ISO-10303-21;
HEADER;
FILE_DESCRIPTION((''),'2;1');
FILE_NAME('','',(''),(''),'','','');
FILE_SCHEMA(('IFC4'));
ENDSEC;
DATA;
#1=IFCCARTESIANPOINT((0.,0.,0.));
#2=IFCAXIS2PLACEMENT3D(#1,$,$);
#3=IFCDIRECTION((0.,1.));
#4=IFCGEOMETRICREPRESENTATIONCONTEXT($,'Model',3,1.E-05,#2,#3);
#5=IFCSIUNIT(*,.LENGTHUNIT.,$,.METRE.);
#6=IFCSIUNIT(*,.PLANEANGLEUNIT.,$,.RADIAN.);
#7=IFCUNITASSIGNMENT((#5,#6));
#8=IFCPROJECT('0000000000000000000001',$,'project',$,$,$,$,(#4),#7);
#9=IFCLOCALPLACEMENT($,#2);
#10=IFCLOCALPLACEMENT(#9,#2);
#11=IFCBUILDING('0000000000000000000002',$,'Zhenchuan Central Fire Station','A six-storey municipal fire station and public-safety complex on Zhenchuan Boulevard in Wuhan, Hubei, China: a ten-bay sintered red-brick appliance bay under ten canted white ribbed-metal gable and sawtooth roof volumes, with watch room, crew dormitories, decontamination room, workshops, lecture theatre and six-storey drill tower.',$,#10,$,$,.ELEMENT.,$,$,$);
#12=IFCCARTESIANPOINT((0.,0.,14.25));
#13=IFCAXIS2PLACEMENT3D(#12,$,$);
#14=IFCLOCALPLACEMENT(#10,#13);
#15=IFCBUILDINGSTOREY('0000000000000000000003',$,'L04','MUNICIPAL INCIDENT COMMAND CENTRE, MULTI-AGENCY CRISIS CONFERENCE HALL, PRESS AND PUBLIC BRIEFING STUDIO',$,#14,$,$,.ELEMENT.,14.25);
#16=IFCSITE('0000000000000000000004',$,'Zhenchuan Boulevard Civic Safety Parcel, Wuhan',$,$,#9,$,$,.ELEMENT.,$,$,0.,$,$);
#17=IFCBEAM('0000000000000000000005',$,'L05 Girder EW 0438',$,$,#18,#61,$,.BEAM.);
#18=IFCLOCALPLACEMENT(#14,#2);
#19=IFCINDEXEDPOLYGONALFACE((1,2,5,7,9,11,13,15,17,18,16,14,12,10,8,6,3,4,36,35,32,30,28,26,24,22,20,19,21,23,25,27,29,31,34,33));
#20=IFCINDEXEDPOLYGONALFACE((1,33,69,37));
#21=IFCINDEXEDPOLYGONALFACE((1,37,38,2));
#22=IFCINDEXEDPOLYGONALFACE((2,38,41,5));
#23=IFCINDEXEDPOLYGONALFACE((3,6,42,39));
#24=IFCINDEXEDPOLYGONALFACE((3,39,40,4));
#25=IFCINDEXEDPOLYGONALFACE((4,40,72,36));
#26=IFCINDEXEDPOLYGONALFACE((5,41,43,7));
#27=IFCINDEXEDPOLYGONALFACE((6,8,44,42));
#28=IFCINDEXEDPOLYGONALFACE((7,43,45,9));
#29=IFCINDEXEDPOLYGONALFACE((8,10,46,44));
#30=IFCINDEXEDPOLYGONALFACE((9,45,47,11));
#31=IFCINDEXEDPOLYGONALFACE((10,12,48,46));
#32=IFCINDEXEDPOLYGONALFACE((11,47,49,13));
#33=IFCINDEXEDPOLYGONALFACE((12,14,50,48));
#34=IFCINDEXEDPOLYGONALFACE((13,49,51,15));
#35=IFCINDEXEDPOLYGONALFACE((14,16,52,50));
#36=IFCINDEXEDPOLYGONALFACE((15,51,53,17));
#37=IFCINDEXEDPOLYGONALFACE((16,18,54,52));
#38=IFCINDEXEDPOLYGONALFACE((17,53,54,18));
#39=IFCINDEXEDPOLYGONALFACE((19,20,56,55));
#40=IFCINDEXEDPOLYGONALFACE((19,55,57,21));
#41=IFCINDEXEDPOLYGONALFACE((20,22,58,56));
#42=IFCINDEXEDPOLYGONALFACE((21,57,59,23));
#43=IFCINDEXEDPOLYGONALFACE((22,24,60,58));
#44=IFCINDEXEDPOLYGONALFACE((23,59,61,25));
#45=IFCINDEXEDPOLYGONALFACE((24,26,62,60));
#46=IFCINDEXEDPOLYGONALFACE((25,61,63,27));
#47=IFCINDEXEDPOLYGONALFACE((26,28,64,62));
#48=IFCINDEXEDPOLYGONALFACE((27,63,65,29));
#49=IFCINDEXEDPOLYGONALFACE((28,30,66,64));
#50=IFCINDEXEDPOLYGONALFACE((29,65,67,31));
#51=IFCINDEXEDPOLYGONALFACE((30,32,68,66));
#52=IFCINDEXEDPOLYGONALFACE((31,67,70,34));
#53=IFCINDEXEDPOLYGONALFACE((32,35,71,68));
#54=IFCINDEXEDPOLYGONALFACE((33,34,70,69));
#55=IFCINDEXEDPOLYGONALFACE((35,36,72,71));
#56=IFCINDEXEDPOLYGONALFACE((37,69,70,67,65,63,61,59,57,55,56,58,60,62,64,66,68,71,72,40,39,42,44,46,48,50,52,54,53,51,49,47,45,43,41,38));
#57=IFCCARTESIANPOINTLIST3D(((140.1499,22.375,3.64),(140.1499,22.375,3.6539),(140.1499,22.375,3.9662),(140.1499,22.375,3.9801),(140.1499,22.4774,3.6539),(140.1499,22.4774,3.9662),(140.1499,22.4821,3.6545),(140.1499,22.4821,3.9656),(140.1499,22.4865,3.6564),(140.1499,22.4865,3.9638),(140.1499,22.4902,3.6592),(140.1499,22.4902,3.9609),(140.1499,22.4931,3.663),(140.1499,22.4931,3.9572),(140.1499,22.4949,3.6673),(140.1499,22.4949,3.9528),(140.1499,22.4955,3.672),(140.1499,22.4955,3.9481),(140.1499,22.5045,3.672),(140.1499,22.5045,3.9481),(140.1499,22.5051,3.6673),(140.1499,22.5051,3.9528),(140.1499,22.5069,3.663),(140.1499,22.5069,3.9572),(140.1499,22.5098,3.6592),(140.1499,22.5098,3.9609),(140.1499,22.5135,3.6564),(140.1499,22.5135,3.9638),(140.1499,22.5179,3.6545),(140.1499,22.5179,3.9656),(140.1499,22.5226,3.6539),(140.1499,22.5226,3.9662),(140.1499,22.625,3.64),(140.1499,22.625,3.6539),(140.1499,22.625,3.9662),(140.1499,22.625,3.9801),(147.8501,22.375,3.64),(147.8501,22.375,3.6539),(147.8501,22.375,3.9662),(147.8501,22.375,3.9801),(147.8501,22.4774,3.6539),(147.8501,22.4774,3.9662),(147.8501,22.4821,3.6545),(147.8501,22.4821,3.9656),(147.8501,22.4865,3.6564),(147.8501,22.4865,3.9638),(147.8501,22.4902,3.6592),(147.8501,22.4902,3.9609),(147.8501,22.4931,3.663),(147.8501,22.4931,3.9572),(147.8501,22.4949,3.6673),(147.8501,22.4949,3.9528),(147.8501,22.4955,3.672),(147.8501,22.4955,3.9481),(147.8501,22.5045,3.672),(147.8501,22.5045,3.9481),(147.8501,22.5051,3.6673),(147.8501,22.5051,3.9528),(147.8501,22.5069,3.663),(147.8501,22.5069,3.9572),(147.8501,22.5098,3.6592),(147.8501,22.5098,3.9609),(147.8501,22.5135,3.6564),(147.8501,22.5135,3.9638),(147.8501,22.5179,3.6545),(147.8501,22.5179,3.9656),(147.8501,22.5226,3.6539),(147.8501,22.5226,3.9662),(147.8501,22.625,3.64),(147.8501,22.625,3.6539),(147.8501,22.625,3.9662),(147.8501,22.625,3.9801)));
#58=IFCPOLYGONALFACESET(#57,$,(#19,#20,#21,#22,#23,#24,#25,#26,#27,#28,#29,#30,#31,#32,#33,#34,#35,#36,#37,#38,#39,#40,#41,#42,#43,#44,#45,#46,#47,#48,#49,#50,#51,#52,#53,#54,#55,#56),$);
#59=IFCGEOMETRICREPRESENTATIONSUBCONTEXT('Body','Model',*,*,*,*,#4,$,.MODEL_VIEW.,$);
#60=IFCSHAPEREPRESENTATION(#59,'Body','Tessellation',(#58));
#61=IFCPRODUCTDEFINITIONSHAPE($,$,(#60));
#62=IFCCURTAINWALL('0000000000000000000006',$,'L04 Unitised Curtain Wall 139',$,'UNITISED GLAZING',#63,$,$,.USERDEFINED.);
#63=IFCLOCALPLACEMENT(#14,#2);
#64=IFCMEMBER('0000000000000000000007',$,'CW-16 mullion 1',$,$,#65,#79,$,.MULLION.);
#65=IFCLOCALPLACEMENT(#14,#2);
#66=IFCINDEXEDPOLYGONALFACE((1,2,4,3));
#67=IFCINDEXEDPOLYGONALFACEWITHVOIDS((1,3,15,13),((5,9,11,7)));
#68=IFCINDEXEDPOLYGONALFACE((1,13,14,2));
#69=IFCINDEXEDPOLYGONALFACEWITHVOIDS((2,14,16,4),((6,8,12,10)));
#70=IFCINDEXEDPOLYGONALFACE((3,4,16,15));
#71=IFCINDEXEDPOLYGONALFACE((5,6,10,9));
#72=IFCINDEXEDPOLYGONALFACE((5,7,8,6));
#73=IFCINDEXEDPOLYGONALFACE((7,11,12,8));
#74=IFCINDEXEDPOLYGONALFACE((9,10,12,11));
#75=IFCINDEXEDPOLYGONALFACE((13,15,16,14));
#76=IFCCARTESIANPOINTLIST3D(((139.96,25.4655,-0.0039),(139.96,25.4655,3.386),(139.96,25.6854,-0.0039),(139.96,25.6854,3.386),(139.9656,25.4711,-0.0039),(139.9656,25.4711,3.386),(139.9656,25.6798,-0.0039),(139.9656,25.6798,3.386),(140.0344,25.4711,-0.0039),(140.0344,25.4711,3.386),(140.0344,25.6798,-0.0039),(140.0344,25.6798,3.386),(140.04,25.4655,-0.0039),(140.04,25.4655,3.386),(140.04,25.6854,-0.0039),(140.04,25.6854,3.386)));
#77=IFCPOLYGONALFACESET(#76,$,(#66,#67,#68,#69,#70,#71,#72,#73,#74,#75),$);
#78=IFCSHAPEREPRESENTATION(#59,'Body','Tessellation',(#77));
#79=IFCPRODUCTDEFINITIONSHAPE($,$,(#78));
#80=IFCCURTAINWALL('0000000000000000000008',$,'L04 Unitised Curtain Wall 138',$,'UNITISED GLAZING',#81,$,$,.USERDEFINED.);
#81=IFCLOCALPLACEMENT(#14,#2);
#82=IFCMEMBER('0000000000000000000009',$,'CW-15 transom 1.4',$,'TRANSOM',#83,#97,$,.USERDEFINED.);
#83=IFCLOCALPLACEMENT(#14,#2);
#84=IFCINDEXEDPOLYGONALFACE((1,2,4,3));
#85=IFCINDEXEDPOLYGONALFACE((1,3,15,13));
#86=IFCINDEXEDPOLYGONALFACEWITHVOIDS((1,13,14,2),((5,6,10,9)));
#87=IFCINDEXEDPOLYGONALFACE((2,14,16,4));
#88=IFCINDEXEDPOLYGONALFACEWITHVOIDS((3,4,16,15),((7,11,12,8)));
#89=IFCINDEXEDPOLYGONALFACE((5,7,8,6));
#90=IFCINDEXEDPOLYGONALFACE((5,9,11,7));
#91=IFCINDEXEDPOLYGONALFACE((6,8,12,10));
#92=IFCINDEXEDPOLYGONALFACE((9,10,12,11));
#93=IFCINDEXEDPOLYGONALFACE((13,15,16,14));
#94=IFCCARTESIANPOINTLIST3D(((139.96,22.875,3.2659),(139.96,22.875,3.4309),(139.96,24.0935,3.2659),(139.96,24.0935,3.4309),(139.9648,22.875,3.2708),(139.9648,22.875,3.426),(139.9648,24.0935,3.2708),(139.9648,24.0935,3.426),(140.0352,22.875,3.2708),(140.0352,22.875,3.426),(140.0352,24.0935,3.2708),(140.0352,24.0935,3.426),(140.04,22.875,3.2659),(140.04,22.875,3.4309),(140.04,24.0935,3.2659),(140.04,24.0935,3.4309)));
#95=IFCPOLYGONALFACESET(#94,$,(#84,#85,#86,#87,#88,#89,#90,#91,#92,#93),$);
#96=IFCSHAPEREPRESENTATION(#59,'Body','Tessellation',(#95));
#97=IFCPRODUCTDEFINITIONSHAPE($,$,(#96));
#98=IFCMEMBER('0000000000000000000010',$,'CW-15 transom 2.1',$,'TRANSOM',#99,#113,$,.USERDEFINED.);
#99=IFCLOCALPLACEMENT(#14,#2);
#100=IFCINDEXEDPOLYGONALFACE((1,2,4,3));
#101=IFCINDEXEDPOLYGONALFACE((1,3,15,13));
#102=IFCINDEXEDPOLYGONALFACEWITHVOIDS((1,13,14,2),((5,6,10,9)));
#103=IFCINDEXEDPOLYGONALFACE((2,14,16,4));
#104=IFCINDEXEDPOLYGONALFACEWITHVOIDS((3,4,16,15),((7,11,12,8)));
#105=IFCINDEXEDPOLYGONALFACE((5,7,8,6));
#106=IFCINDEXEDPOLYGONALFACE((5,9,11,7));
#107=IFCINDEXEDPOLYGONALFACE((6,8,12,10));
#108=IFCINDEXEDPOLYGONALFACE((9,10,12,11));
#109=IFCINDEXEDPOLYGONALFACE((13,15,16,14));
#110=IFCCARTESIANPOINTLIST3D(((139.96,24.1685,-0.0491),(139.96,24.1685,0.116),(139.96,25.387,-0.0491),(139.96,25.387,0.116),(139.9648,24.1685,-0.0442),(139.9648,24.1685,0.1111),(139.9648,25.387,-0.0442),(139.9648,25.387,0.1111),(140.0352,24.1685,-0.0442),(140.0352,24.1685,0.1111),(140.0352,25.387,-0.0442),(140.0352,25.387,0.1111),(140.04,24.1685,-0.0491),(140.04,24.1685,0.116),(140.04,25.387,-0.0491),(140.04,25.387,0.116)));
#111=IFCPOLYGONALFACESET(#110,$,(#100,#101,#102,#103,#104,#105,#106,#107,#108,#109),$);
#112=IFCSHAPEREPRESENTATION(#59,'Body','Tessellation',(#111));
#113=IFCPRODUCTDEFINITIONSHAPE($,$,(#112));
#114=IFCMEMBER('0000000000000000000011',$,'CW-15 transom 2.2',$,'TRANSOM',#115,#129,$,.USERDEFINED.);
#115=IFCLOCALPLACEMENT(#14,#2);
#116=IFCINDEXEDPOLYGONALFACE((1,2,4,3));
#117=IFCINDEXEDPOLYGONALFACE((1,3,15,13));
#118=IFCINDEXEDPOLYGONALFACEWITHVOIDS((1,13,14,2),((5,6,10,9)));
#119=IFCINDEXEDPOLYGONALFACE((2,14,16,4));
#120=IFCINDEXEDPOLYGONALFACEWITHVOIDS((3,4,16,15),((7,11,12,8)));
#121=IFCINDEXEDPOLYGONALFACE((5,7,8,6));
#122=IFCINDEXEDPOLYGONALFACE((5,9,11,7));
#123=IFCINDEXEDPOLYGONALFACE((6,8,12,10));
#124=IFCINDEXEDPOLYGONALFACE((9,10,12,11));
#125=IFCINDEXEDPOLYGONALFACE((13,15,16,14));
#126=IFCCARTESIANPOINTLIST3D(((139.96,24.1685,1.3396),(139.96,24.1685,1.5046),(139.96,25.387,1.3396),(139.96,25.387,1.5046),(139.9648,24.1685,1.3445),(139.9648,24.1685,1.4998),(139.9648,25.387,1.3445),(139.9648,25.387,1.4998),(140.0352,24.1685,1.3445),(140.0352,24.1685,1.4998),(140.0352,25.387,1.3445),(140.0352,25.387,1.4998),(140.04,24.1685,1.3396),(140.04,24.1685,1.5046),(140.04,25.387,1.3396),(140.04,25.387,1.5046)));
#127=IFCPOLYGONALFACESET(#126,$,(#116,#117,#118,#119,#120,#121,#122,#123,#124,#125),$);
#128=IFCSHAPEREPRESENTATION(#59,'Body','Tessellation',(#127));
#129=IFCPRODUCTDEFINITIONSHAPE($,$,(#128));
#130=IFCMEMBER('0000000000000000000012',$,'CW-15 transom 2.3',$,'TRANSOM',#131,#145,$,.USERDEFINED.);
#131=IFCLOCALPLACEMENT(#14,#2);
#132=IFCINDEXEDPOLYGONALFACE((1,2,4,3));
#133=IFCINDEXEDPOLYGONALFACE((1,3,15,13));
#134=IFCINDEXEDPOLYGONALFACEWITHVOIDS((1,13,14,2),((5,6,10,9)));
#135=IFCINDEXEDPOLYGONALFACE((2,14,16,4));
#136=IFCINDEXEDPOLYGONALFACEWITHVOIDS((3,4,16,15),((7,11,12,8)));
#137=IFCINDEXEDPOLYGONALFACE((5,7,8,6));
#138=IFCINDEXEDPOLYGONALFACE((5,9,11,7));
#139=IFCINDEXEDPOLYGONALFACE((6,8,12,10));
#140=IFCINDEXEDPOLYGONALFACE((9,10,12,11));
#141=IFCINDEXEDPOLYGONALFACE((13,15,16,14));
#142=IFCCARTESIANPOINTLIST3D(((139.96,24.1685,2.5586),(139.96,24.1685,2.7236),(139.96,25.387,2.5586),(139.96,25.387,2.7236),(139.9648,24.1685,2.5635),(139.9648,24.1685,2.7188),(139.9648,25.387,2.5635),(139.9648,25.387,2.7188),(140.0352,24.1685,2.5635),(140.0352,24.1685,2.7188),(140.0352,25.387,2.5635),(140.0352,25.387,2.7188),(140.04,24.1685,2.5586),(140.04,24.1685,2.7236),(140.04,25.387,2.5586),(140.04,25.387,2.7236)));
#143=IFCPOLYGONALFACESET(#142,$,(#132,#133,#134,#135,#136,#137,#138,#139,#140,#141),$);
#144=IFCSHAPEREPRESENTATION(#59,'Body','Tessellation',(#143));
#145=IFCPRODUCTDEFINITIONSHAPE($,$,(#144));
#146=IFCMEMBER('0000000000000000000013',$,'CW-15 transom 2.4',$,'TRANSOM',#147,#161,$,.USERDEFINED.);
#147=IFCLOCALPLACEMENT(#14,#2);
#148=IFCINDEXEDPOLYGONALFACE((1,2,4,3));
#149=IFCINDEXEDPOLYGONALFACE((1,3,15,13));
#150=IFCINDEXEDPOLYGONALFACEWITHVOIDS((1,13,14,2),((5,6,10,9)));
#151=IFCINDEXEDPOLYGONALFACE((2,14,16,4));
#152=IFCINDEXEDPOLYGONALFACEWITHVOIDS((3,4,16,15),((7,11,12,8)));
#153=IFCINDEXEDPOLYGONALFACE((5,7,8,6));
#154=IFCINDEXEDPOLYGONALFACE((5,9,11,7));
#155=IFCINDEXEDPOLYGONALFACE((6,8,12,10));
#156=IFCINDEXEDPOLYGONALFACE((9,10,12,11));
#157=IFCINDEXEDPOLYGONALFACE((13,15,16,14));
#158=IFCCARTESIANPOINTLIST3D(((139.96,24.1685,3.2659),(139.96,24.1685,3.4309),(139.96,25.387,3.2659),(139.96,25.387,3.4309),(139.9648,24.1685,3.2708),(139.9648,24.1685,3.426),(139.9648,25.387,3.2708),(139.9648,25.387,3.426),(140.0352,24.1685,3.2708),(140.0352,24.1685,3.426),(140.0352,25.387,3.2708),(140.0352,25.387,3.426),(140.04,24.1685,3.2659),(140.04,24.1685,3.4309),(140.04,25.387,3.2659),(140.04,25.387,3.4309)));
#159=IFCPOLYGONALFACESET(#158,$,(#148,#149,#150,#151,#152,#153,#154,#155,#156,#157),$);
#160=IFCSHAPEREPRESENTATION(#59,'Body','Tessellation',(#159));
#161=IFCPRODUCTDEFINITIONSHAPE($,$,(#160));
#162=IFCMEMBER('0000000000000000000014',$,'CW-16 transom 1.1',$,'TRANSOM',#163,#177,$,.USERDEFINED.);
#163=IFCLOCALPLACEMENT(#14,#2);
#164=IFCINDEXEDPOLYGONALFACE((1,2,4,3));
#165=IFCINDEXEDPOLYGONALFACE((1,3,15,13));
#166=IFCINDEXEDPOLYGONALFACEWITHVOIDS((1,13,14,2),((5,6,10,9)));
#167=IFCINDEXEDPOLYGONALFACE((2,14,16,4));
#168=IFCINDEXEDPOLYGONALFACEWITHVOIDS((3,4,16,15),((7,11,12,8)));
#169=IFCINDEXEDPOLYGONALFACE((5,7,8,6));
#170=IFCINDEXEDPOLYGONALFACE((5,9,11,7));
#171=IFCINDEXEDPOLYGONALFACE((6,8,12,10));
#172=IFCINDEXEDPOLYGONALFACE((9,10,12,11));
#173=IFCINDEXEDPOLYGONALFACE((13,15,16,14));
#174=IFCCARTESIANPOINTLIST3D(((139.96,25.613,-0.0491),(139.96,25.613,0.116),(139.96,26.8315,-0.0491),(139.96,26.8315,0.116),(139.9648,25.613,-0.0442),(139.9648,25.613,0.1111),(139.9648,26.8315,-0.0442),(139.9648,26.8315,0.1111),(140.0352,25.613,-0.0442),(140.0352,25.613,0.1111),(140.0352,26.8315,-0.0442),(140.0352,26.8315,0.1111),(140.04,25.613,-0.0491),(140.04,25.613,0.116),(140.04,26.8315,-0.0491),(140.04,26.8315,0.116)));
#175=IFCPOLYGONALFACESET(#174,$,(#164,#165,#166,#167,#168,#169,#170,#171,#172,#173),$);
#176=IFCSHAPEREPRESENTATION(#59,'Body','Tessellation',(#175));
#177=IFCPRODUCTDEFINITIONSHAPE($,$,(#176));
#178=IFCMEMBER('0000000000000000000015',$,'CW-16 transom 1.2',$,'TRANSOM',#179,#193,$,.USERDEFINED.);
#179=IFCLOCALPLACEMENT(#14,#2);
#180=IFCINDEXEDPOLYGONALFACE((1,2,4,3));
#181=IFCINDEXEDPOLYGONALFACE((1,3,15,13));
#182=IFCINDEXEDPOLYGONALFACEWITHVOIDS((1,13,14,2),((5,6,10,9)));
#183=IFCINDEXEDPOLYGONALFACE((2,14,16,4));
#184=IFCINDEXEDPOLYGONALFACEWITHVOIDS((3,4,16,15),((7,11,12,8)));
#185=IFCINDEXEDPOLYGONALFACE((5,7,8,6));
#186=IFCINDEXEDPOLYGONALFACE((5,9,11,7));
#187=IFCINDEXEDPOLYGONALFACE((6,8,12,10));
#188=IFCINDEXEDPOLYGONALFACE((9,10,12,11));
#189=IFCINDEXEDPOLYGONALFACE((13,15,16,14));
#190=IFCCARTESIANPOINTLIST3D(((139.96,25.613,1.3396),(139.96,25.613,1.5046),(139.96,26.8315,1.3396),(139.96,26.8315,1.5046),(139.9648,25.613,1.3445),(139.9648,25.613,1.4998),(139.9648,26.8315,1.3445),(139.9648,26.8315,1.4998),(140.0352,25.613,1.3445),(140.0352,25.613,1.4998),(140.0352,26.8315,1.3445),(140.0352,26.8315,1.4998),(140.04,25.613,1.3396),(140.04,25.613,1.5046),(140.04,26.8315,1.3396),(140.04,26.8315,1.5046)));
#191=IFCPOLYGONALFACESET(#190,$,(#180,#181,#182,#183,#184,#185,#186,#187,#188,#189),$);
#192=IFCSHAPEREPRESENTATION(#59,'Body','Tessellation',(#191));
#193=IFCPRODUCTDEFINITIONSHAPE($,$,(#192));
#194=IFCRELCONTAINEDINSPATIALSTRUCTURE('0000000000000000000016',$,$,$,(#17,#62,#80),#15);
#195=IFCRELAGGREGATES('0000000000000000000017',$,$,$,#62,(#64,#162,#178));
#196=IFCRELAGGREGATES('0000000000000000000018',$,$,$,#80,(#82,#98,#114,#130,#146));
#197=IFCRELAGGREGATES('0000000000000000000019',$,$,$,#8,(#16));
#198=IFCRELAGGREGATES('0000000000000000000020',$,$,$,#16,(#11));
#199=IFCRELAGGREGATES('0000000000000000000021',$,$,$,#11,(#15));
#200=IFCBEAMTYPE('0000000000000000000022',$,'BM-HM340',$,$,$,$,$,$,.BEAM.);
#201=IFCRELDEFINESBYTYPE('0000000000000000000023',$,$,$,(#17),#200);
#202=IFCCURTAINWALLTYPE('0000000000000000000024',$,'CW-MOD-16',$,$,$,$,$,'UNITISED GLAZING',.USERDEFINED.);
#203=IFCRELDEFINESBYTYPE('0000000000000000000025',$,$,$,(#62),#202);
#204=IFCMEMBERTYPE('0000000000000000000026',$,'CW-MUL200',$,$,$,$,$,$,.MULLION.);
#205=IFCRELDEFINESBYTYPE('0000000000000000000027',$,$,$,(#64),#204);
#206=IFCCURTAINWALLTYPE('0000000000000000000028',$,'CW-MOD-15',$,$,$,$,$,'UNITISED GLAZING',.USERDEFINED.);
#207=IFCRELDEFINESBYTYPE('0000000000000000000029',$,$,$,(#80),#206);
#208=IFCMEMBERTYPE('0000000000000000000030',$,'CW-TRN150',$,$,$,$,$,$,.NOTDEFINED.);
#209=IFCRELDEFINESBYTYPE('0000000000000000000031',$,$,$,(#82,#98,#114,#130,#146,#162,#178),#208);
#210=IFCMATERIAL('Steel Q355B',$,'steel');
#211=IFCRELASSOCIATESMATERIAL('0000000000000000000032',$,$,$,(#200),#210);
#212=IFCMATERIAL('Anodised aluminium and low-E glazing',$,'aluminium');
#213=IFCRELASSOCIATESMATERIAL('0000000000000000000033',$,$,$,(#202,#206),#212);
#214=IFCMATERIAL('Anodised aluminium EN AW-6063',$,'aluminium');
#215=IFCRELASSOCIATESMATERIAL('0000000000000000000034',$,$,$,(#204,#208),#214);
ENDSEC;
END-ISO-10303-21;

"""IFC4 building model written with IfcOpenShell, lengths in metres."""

from ifc_helpers import new_model, si_unit, direction, frame, origin, origin_2d, place, context, subcontext, project, spatial, hollow_rectangle, i_section, extrude, material, material_profile, profile_set, type_object, element, aggregate, save


model = new_model("IFC4")

# Units and contexts
model_context = context("Model", 3, precision=1e-05, world=origin(), true_north=direction((0.0, 1.0)))
body_context = subcontext(model_context, "Body", "Model", "MODEL_VIEW")
ifc_project = project(units=[si_unit("LENGTHUNIT", "METRE"), si_unit("PLANEANGLEUNIT", "RADIAN")], contexts=[model_context])

# Site, building, storey
site_placement = place(None, origin())
site = spatial("IfcSite", under=ifc_project, at=site_placement, Name="Zhenchuan Boulevard Civic Safety Parcel, Wuhan", CompositionType="ELEMENT", RefElevation=0.0)
building_placement = place(site_placement, origin())
building = spatial("IfcBuilding", under=site, at=building_placement, Name="Zhenchuan Central Fire Station", Description="A six-storey municipal fire station and public-safety complex on Zhenchuan Boulevard in Wuhan, Hubei, China: a ten-bay sintered red-brick appliance bay under ten canted white ribbed-metal gable and sawtooth roof volumes, with watch room, crew dormitories, decontamination room, workshops, lecture theatre and six-storey drill tower.", CompositionType="ELEMENT")
storey_placement = place(building_placement, frame((0.0, 0.0, 14.25)))
storey = spatial("IfcBuildingStorey", under=building, at=storey_placement, Name="L04", Description="MUNICIPAL INCIDENT COMMAND CENTRE, MULTI-AGENCY CRISIS CONFERENCE HALL, PRESS AND PUBLIC BRIEFING STUDIO", CompositionType="ELEMENT", Elevation=14.25)

# Beam
ifc_material_1 = material(Name="Steel Q355B", Category="steel")
ifc_material_profile_1 = material_profile(ifc_material_1, i_section(OverallWidth=0.25, OverallDepth=0.3401, WebThickness=0.009, FlangeThickness=0.0139, FilletRadius=0.0181, at=origin_2d()), Name="HM 340x250")
ifc_profile_set_1 = profile_set([ifc_material_profile_1], Name="Steel Q355B")
beam_type_1 = type_object("IfcBeamType", Name="BM-HM340", PredefinedType="BEAM", material=ifc_profile_set_1)
beam_1_placement = place(storey_placement, frame((140.1499, 22.5, 3.8101), z_axis=(1.0, 0.0, 0.0), x_axis=(0.0, 1.0, 0.0)))
element("IfcBeam", 1, at=beam_1_placement, inside=storey, type_object=beam_type_1, Name="L05 Girder EW 0438", PredefinedType="BEAM", context=body_context, shape_type="SweptSolid", body=[
    extrude(i_section(OverallWidth=0.25, OverallDepth=0.3401, WebThickness=0.009, FlangeThickness=0.0139, FilletRadius=0.0181, at=origin_2d()), origin(), (0.0, 0.0, 1.0), 7.7002),
])

# Curtain wall, member
ifc_material_2 = material(Name="Anodised aluminium and low-E glazing", Category="aluminium")
curtain_wall_type_1 = type_object("IfcCurtainWallType", Name="CW-MOD-16", ElementType="UNITISED GLAZING", PredefinedType="USERDEFINED", material=ifc_material_2)
curtain_wall_1_placement = place(storey_placement, origin())
curtain_wall_1 = element("IfcCurtainWall", 2, at=curtain_wall_1_placement, inside=storey, type_object=curtain_wall_type_1, Name="L04 Unitised Curtain Wall 139", ObjectType="UNITISED GLAZING", PredefinedType="USERDEFINED")
ifc_material_3 = material(Name="Anodised aluminium EN AW-6063", Category="aluminium")
ifc_material_profile_2 = material_profile(ifc_material_3, hollow_rectangle(XDim=0.0801, YDim=0.22, WallThickness=0.0056, at=origin_2d()), Name="ALU-M 220x80")
ifc_profile_set_2 = profile_set([ifc_material_profile_2], Name="Anodised aluminium EN AW-6063")
member_type_1 = type_object("IfcMemberType", Name="CW-MUL200", PredefinedType="MULLION", material=ifc_profile_set_2)
member_1_placement = place(storey_placement, frame((140.0, 25.5754, -0.0039), z_axis=(0.0, 0.0, 1.0), x_axis=(-1.0, 0.0, 0.0)))
member_1 = element("IfcMember", 3, at=member_1_placement, type_object=member_type_1, Name="CW-16 mullion 1", PredefinedType="MULLION", context=body_context, shape_type="SweptSolid", body=[
    extrude(hollow_rectangle(XDim=0.0801, YDim=0.22, WallThickness=0.0056, at=origin_2d()), origin(), (0.0, 0.0, 1.0), 3.3899),
])

# Curtain wall, members
curtain_wall_type_2 = type_object("IfcCurtainWallType", Name="CW-MOD-15", ElementType="UNITISED GLAZING", PredefinedType="USERDEFINED", material=ifc_material_2)
curtain_wall_2_placement = place(storey_placement, origin())
curtain_wall_2 = element("IfcCurtainWall", 4, at=curtain_wall_2_placement, inside=storey, type_object=curtain_wall_type_2, Name="L04 Unitised Curtain Wall 138", ObjectType="UNITISED GLAZING", PredefinedType="USERDEFINED")
ifc_material_profile_3 = material_profile(ifc_material_3, hollow_rectangle(XDim=0.0801, YDim=0.165, WallThickness=0.0049, at=origin_2d()), Name="ALU-T 165x80")
ifc_profile_set_3 = profile_set([ifc_material_profile_3], Name="Anodised aluminium EN AW-6063")
member_type_2 = type_object("IfcMemberType", Name="CW-TRN150", PredefinedType="NOTDEFINED", material=ifc_profile_set_3)
member_2_placement = place(storey_placement, frame((140.0, 22.875, 3.3484), z_axis=(0.0, 1.0, 0.0), x_axis=(-1.0, 0.0, 0.0)))
member_2 = element("IfcMember", 5, at=member_2_placement, type_object=member_type_2, Name="CW-15 transom 1.4", ObjectType="TRANSOM", PredefinedType="USERDEFINED", context=body_context, shape_type="SweptSolid", body=[
    extrude(hollow_rectangle(XDim=0.0801, YDim=0.165, WallThickness=0.0049, at=origin_2d()), origin(), (0.0, 0.0, 1.0), 1.2185),
])
member_3_placement = place(storey_placement, frame((140.0, 24.1685, 0.0334), z_axis=(0.0, 1.0, 0.0), x_axis=(-1.0, 0.0, 0.0)))
member_3 = element("IfcMember", 6, at=member_3_placement, type_object=member_type_2, Name="CW-15 transom 2.1", ObjectType="TRANSOM", PredefinedType="USERDEFINED", context=body_context, shape_type="SweptSolid", body=[
    extrude(hollow_rectangle(XDim=0.0801, YDim=0.165, WallThickness=0.0049, at=origin_2d()), origin(), (0.0, 0.0, 1.0), 1.2185),
])
member_4_placement = place(storey_placement, frame((140.0, 24.1685, 1.4221), z_axis=(0.0, 1.0, 0.0), x_axis=(-1.0, 0.0, 0.0)))
member_4 = element("IfcMember", 7, at=member_4_placement, type_object=member_type_2, Name="CW-15 transom 2.2", ObjectType="TRANSOM", PredefinedType="USERDEFINED", context=body_context, shape_type="SweptSolid", body=[
    extrude(hollow_rectangle(XDim=0.0801, YDim=0.165, WallThickness=0.0049, at=origin_2d()), origin(), (0.0, 0.0, 1.0), 1.2185),
])
member_5_placement = place(storey_placement, frame((140.0, 24.1685, 2.6411), z_axis=(0.0, 1.0, 0.0), x_axis=(-1.0, 0.0, 0.0)))
member_5 = element("IfcMember", 8, at=member_5_placement, type_object=member_type_2, Name="CW-15 transom 2.3", ObjectType="TRANSOM", PredefinedType="USERDEFINED", context=body_context, shape_type="SweptSolid", body=[
    extrude(hollow_rectangle(XDim=0.0801, YDim=0.165, WallThickness=0.0049, at=origin_2d()), origin(), (0.0, 0.0, 1.0), 1.2185),
])
member_6_placement = place(storey_placement, frame((140.0, 24.1685, 3.3484), z_axis=(0.0, 1.0, 0.0), x_axis=(-1.0, 0.0, 0.0)))
member_6 = element("IfcMember", 9, at=member_6_placement, type_object=member_type_2, Name="CW-15 transom 2.4", ObjectType="TRANSOM", PredefinedType="USERDEFINED", context=body_context, shape_type="SweptSolid", body=[
    extrude(hollow_rectangle(XDim=0.0801, YDim=0.165, WallThickness=0.0049, at=origin_2d()), origin(), (0.0, 0.0, 1.0), 1.2185),
])

# Members
member_7_placement = place(storey_placement, frame((140.0, 25.613, 0.0334), z_axis=(0.0, 1.0, 0.0), x_axis=(-1.0, 0.0, 0.0)))
member_7 = element("IfcMember", 10, at=member_7_placement, type_object=member_type_2, Name="CW-16 transom 1.1", ObjectType="TRANSOM", PredefinedType="USERDEFINED", context=body_context, shape_type="SweptSolid", body=[
    extrude(hollow_rectangle(XDim=0.0801, YDim=0.165, WallThickness=0.0049, at=origin_2d()), origin(), (0.0, 0.0, 1.0), 1.2185),
])
member_8_placement = place(storey_placement, frame((140.0, 25.613, 1.4221), z_axis=(0.0, 1.0, 0.0), x_axis=(-1.0, 0.0, 0.0)))
member_8 = element("IfcMember", 11, at=member_8_placement, type_object=member_type_2, Name="CW-16 transom 1.2", ObjectType="TRANSOM", PredefinedType="USERDEFINED", context=body_context, shape_type="SweptSolid", body=[
    extrude(hollow_rectangle(XDim=0.0801, YDim=0.165, WallThickness=0.0049, at=origin_2d()), origin(), (0.0, 0.0, 1.0), 1.2185),
])
aggregate(curtain_wall_1, [member_1, member_7, member_8])

aggregate(curtain_wall_2, [member_2, member_3, member_4, member_5, member_6])

save(model, "model.ifc")
